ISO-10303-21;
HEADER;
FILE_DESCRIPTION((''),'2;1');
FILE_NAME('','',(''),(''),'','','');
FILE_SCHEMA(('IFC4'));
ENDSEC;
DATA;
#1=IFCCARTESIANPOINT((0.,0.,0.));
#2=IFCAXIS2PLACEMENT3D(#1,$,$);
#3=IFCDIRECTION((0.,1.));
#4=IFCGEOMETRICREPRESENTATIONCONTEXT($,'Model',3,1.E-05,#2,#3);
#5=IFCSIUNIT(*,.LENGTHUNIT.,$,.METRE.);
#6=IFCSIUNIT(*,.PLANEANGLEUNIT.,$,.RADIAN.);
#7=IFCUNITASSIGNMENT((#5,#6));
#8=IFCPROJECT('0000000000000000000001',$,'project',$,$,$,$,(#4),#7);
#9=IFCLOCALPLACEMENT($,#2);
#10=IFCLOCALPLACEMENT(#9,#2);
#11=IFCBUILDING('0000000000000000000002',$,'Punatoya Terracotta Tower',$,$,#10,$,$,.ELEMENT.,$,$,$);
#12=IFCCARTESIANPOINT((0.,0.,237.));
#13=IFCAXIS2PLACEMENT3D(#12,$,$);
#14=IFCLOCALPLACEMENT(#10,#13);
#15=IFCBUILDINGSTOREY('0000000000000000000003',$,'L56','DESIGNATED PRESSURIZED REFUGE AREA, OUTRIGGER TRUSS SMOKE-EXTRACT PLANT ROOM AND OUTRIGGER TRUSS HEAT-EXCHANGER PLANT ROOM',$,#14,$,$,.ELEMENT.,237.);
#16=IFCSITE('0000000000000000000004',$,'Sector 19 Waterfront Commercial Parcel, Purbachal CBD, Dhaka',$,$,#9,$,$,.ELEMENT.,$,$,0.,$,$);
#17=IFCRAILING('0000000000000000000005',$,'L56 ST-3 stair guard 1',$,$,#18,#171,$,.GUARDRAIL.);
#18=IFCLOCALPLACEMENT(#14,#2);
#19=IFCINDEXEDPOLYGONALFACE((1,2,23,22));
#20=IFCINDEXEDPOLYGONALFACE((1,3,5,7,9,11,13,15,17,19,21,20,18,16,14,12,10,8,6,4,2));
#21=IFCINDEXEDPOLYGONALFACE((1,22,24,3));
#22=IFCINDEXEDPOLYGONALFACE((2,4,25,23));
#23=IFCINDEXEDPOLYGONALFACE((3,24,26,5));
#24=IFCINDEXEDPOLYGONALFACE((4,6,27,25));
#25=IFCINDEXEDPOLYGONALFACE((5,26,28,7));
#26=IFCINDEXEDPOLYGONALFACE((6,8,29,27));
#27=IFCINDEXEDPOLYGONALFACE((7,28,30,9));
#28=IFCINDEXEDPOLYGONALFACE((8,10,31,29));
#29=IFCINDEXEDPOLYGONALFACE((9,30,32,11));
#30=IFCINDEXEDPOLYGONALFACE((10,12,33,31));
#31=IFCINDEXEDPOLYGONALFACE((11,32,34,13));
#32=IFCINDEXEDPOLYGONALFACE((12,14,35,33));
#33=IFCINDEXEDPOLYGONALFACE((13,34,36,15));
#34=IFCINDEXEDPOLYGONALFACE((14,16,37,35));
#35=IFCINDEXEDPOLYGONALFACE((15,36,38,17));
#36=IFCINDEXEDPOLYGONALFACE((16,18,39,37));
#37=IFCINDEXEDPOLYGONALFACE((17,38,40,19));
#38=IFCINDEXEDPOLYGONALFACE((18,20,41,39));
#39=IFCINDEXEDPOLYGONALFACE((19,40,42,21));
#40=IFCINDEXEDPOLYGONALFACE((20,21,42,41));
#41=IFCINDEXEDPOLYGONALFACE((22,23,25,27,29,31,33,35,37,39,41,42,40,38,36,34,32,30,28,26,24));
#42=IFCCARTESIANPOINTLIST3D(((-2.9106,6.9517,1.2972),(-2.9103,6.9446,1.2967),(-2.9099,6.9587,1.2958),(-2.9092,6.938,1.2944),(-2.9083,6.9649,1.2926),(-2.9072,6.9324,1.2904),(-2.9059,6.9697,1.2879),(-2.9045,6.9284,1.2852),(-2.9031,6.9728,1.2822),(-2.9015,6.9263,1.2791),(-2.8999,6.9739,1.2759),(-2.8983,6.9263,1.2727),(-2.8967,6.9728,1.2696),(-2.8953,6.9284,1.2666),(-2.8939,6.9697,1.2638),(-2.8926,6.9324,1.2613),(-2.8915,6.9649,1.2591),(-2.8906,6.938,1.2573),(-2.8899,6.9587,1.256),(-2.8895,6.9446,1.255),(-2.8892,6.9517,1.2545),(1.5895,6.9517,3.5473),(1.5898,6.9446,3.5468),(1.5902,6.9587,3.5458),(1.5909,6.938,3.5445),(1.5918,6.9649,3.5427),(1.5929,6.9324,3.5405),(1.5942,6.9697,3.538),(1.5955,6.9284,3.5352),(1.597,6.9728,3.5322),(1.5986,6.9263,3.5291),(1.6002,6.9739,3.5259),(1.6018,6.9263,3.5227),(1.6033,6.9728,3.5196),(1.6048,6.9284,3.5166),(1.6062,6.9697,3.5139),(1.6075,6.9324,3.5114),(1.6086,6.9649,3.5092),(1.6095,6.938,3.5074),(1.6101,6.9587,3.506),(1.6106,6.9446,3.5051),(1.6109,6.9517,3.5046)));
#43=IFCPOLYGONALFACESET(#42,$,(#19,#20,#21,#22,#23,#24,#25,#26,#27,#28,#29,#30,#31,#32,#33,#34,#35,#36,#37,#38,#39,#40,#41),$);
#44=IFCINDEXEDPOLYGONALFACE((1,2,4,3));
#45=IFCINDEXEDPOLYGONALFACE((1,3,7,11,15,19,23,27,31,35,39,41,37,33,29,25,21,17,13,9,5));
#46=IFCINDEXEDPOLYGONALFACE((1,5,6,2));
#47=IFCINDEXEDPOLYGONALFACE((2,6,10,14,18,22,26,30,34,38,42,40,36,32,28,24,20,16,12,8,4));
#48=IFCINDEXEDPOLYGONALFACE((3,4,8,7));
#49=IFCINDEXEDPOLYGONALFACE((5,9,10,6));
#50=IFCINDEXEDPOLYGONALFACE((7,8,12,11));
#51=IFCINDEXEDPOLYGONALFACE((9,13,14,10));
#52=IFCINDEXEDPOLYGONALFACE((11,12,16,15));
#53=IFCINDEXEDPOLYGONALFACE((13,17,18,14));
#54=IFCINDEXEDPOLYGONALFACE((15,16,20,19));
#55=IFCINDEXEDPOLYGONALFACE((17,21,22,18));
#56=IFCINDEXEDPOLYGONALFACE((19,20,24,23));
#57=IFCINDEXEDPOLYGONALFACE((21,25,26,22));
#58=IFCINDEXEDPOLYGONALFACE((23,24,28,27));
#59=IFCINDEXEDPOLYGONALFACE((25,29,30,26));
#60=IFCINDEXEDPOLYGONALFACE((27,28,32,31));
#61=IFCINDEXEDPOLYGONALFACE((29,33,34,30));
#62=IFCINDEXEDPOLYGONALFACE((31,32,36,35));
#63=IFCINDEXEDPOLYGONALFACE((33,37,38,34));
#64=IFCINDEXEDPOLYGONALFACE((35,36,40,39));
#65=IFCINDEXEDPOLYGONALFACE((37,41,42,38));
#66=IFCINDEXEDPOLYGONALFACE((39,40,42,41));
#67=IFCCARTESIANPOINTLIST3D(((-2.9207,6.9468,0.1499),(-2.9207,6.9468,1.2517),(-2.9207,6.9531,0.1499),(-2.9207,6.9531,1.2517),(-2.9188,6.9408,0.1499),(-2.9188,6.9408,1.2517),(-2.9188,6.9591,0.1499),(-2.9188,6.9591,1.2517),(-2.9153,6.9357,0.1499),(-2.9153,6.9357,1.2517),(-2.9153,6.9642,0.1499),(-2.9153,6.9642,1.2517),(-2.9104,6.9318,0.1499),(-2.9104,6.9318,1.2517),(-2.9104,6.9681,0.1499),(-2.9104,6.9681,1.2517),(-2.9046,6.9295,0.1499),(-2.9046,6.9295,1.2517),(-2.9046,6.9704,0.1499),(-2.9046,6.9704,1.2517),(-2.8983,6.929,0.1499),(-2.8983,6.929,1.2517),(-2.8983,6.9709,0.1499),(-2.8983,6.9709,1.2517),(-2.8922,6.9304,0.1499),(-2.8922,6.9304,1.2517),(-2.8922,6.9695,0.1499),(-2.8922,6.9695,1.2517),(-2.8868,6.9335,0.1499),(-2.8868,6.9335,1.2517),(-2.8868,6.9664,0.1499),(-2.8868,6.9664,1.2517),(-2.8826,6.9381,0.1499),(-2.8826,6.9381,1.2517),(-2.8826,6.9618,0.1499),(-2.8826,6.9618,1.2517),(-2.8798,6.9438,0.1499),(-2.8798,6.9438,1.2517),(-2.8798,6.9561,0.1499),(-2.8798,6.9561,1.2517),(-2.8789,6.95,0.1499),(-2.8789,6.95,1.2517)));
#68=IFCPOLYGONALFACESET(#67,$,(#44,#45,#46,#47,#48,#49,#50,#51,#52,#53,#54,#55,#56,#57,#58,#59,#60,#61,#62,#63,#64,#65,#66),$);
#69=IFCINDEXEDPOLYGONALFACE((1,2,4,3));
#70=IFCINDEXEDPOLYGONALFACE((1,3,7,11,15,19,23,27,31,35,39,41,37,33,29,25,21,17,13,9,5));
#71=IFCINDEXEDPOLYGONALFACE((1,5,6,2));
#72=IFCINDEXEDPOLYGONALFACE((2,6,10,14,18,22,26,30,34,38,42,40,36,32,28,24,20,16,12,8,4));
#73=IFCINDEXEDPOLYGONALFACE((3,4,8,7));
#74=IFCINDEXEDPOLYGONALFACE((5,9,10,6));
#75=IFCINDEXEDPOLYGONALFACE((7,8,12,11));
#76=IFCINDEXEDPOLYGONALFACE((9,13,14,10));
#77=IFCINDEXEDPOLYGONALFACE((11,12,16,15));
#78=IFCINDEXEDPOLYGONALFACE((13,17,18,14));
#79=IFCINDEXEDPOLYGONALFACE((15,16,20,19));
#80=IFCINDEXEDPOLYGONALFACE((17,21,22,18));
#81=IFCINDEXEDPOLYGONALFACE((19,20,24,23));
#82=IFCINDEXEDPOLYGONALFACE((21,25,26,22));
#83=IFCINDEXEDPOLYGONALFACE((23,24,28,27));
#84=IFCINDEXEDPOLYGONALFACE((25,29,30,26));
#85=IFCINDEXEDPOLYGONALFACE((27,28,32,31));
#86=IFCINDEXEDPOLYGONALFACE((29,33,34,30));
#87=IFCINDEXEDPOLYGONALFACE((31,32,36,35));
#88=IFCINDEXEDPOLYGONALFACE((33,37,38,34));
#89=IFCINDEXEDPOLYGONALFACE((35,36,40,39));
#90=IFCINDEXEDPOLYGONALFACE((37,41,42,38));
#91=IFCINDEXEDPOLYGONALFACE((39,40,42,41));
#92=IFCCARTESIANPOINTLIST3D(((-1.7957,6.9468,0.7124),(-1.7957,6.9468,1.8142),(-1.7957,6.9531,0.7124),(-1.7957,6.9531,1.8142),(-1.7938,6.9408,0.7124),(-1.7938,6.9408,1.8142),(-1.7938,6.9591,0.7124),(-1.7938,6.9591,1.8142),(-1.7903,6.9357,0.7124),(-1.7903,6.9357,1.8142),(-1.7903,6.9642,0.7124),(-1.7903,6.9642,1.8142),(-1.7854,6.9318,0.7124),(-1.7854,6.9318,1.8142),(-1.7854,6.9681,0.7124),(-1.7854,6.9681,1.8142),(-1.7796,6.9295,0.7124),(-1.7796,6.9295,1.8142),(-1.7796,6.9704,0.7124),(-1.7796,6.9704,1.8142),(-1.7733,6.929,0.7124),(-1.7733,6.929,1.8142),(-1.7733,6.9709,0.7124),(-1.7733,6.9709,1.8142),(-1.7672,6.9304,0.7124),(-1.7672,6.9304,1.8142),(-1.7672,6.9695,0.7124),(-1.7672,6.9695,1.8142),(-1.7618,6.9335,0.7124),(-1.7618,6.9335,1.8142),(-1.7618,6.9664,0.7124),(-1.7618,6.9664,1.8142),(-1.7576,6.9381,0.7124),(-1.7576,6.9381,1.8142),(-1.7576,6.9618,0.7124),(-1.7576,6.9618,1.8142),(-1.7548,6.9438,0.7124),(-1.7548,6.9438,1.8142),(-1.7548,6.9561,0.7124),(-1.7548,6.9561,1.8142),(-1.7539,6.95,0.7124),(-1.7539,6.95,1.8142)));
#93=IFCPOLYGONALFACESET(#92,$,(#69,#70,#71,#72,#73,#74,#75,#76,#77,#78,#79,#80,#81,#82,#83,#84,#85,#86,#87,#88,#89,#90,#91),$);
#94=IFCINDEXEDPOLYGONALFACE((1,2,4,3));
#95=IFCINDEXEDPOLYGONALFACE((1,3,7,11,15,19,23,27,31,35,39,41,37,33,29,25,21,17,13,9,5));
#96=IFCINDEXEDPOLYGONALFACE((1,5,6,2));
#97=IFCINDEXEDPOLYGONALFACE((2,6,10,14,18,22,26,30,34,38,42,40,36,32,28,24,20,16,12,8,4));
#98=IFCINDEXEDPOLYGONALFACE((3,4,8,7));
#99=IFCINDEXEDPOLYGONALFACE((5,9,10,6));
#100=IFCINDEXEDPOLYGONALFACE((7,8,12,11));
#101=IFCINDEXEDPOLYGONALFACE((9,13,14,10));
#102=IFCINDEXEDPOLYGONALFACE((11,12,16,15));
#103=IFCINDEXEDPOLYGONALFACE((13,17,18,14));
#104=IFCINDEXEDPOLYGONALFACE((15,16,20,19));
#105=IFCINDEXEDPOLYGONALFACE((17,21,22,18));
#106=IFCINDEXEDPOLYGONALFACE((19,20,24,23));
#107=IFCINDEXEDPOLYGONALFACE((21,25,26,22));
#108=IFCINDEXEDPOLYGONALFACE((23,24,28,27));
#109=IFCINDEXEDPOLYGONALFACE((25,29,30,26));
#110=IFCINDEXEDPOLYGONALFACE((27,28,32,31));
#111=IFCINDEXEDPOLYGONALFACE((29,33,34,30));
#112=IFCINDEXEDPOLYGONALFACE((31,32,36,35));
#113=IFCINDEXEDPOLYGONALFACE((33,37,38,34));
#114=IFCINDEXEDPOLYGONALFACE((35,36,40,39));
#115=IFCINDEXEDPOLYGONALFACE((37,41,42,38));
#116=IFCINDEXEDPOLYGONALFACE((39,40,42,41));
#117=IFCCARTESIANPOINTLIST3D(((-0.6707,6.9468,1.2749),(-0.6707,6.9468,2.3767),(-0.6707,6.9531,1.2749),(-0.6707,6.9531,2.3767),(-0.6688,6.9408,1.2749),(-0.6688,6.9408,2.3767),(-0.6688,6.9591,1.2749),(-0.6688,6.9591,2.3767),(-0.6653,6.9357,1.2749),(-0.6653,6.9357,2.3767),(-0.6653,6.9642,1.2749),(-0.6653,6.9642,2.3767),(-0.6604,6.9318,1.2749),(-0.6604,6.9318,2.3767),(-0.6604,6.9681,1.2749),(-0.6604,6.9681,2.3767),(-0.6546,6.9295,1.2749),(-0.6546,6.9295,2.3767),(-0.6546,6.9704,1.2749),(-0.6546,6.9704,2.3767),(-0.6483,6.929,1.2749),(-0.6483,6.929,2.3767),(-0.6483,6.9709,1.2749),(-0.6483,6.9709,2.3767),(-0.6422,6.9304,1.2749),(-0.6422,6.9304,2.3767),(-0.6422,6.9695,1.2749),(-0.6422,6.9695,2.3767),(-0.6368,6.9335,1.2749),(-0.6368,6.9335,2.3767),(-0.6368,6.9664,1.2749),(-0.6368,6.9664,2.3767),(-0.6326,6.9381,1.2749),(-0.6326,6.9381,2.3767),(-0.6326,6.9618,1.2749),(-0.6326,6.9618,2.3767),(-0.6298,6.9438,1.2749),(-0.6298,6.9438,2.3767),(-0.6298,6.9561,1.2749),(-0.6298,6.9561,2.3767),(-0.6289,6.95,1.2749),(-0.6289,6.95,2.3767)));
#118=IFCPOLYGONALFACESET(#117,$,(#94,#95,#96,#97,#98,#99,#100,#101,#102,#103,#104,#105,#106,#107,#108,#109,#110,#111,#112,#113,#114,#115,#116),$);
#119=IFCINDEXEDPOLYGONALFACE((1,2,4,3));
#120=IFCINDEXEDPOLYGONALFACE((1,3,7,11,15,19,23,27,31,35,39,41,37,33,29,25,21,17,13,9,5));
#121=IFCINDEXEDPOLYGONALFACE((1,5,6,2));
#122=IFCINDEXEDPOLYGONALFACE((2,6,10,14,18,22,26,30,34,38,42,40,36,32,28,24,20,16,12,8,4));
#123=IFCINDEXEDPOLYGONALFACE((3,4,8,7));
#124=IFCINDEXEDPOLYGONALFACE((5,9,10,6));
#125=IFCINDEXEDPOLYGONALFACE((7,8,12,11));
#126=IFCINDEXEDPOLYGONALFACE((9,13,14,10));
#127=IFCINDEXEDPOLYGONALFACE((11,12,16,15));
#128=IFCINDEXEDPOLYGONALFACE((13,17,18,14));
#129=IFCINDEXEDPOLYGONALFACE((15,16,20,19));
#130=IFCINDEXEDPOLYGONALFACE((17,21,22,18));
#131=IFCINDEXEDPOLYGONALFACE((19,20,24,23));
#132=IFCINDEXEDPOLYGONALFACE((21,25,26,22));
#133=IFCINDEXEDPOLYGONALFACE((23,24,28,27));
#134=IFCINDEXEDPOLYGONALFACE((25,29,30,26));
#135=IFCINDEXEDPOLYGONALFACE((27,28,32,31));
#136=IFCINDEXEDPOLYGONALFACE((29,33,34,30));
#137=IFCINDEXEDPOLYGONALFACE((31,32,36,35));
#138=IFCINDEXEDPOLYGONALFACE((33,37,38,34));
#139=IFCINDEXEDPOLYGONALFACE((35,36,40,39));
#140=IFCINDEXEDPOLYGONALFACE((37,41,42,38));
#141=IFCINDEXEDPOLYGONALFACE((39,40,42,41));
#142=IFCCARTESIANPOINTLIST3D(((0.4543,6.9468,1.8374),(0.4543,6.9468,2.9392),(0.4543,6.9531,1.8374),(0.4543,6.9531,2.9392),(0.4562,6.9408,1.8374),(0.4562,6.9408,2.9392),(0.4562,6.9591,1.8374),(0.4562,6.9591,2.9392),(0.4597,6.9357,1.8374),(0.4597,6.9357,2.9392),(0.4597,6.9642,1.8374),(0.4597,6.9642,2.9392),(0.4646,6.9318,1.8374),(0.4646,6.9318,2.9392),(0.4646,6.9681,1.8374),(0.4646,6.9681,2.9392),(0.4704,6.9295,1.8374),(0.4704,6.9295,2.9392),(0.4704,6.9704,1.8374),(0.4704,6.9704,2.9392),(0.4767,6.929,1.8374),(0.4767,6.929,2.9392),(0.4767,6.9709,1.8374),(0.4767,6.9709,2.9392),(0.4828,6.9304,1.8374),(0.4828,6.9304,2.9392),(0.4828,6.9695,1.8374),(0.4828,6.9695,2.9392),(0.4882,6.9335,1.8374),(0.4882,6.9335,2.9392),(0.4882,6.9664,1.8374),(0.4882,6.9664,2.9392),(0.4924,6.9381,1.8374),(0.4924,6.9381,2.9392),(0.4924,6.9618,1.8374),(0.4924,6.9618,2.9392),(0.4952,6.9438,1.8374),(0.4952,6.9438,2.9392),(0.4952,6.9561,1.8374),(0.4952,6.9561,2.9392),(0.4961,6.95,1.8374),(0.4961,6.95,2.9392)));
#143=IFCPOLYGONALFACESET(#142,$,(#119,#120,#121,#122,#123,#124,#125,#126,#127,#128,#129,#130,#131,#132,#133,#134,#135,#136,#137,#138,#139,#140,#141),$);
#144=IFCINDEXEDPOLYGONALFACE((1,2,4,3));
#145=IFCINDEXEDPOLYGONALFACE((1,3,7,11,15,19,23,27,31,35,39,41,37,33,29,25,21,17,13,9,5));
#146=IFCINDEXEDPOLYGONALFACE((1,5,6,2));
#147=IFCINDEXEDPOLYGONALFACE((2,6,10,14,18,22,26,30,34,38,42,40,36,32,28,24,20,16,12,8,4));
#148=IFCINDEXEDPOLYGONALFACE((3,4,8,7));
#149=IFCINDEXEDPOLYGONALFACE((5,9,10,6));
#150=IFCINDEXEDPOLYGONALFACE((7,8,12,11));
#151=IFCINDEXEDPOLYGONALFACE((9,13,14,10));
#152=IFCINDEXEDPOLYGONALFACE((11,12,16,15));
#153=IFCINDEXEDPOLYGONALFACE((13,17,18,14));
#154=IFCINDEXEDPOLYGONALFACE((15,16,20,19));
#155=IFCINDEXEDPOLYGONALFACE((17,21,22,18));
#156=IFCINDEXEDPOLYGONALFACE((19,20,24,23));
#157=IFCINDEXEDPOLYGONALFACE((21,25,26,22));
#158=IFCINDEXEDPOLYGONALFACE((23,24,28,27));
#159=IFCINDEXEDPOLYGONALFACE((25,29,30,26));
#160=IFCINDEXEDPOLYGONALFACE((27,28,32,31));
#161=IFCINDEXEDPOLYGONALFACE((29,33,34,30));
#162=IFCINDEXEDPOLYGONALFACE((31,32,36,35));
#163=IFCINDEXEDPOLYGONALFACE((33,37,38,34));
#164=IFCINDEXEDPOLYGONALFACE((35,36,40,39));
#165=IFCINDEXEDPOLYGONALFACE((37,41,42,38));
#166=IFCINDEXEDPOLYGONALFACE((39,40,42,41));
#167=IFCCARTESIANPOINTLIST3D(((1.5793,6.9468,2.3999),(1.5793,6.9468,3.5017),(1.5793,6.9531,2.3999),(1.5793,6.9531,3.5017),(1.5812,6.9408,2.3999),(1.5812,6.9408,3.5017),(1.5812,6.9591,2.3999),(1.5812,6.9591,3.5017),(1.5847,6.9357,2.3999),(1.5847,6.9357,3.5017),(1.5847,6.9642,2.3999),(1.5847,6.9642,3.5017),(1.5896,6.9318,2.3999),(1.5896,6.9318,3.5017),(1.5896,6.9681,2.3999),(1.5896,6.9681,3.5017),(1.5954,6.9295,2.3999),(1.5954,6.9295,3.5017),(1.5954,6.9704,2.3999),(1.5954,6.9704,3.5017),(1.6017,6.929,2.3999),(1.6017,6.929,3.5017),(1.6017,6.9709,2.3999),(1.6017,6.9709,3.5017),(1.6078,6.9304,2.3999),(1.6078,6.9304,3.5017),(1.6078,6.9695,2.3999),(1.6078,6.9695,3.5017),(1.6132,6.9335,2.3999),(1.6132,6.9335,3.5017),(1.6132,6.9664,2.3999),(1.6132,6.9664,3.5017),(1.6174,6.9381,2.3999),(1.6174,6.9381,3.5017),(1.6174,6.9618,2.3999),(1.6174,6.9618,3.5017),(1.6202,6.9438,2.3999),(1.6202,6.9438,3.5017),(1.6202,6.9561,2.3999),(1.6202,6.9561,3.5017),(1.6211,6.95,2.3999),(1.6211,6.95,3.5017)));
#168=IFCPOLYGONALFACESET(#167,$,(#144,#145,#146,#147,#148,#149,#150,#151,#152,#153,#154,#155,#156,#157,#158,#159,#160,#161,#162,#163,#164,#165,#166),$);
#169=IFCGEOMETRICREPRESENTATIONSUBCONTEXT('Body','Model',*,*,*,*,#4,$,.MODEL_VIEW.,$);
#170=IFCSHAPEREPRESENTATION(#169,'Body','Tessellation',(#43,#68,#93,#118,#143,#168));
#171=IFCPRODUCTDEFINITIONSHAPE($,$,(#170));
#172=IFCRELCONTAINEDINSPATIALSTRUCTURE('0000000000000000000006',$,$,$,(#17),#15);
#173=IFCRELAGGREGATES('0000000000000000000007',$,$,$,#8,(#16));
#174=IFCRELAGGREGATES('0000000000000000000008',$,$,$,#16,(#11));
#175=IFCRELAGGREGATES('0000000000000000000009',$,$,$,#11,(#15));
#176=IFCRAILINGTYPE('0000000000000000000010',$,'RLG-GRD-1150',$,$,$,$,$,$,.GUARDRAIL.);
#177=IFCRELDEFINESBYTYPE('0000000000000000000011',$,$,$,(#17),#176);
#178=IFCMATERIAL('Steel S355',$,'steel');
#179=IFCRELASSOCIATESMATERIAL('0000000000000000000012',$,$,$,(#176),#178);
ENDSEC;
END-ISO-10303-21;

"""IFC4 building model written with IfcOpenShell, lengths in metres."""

from ifc_helpers import new_model, si_unit, direction, frame, origin, origin_2d, place, context, subcontext, project, spatial, circle, extrude, material, type_object, element, save


model = new_model("IFC4")

# Units and contexts
model_context = context("Model", 3, precision=1e-05, world=origin(), true_north=direction((0.0, 1.0)))
body_context = subcontext(model_context, "Body", "Model", "MODEL_VIEW")
ifc_project = project(units=[si_unit("LENGTHUNIT", "METRE"), si_unit("PLANEANGLEUNIT", "RADIAN")], contexts=[model_context])

# Site, building, storey
site_placement = place(None, origin())
site = spatial("IfcSite", under=ifc_project, at=site_placement, Name="Sector 19 Waterfront Commercial Parcel, Purbachal CBD, Dhaka", CompositionType="ELEMENT", RefElevation=0.0)
building_placement = place(site_placement, origin())
building = spatial("IfcBuilding", under=site, at=building_placement, Name="Punatoya Terracotta Tower", CompositionType="ELEMENT")
storey_placement = place(building_placement, frame((0.0, 0.0, 237.0)))
storey = spatial("IfcBuildingStorey", under=building, at=storey_placement, Name="L56", Description="DESIGNATED PRESSURIZED REFUGE AREA, OUTRIGGER TRUSS SMOKE-EXTRACT PLANT ROOM AND OUTRIGGER TRUSS HEAT-EXCHANGER PLANT ROOM", CompositionType="ELEMENT", Elevation=237.0)

# Shared definitions
ifc_material_1 = material(Name="Steel S355", Category="steel")

# Railing
railing_type_1 = type_object("IfcRailingType", Name="RLG-GRD-1150", PredefinedType="GUARDRAIL", material=ifc_material_1)
railing_1_placement = place(storey_placement, frame((-2.8999, 6.95, 0.1499)))
element("IfcRailing", 1, at=railing_1_placement, inside=storey, type_object=railing_type_1, Name="L56 ST-3 stair guard 1", PredefinedType="GUARDRAIL", context=body_context, shape_type="SweptSolid", body=[
    extrude(circle(Radius=0.0239, at=origin_2d()), frame((0.0, 0.0, 1.126), z_axis=(0.894427, 0.0, 0.447214), x_axis=(0.0, 1.0, 0.0)), (0.0, 0.0, 1.0), 5.0312),
    extrude(circle(Radius=0.021, at=origin_2d()), origin(), (0.0, 0.0, 1.0), 1.1018),
    extrude(circle(Radius=0.021, at=origin_2d()), frame((1.125, 0.0, 0.5625)), (0.0, 0.0, 1.0), 1.1018),
    extrude(circle(Radius=0.021, at=origin_2d()), frame((2.25, 0.0, 1.125)), (0.0, 0.0, 1.0), 1.1018),
    extrude(circle(Radius=0.021, at=origin_2d()), frame((3.375, 0.0, 1.6875)), (0.0, 0.0, 1.0), 1.1018),
    extrude(circle(Radius=0.021, at=origin_2d()), frame((4.5, 0.0, 2.25)), (0.0, 0.0, 1.0), 1.1018),
])

save(model, "model.ifc")
